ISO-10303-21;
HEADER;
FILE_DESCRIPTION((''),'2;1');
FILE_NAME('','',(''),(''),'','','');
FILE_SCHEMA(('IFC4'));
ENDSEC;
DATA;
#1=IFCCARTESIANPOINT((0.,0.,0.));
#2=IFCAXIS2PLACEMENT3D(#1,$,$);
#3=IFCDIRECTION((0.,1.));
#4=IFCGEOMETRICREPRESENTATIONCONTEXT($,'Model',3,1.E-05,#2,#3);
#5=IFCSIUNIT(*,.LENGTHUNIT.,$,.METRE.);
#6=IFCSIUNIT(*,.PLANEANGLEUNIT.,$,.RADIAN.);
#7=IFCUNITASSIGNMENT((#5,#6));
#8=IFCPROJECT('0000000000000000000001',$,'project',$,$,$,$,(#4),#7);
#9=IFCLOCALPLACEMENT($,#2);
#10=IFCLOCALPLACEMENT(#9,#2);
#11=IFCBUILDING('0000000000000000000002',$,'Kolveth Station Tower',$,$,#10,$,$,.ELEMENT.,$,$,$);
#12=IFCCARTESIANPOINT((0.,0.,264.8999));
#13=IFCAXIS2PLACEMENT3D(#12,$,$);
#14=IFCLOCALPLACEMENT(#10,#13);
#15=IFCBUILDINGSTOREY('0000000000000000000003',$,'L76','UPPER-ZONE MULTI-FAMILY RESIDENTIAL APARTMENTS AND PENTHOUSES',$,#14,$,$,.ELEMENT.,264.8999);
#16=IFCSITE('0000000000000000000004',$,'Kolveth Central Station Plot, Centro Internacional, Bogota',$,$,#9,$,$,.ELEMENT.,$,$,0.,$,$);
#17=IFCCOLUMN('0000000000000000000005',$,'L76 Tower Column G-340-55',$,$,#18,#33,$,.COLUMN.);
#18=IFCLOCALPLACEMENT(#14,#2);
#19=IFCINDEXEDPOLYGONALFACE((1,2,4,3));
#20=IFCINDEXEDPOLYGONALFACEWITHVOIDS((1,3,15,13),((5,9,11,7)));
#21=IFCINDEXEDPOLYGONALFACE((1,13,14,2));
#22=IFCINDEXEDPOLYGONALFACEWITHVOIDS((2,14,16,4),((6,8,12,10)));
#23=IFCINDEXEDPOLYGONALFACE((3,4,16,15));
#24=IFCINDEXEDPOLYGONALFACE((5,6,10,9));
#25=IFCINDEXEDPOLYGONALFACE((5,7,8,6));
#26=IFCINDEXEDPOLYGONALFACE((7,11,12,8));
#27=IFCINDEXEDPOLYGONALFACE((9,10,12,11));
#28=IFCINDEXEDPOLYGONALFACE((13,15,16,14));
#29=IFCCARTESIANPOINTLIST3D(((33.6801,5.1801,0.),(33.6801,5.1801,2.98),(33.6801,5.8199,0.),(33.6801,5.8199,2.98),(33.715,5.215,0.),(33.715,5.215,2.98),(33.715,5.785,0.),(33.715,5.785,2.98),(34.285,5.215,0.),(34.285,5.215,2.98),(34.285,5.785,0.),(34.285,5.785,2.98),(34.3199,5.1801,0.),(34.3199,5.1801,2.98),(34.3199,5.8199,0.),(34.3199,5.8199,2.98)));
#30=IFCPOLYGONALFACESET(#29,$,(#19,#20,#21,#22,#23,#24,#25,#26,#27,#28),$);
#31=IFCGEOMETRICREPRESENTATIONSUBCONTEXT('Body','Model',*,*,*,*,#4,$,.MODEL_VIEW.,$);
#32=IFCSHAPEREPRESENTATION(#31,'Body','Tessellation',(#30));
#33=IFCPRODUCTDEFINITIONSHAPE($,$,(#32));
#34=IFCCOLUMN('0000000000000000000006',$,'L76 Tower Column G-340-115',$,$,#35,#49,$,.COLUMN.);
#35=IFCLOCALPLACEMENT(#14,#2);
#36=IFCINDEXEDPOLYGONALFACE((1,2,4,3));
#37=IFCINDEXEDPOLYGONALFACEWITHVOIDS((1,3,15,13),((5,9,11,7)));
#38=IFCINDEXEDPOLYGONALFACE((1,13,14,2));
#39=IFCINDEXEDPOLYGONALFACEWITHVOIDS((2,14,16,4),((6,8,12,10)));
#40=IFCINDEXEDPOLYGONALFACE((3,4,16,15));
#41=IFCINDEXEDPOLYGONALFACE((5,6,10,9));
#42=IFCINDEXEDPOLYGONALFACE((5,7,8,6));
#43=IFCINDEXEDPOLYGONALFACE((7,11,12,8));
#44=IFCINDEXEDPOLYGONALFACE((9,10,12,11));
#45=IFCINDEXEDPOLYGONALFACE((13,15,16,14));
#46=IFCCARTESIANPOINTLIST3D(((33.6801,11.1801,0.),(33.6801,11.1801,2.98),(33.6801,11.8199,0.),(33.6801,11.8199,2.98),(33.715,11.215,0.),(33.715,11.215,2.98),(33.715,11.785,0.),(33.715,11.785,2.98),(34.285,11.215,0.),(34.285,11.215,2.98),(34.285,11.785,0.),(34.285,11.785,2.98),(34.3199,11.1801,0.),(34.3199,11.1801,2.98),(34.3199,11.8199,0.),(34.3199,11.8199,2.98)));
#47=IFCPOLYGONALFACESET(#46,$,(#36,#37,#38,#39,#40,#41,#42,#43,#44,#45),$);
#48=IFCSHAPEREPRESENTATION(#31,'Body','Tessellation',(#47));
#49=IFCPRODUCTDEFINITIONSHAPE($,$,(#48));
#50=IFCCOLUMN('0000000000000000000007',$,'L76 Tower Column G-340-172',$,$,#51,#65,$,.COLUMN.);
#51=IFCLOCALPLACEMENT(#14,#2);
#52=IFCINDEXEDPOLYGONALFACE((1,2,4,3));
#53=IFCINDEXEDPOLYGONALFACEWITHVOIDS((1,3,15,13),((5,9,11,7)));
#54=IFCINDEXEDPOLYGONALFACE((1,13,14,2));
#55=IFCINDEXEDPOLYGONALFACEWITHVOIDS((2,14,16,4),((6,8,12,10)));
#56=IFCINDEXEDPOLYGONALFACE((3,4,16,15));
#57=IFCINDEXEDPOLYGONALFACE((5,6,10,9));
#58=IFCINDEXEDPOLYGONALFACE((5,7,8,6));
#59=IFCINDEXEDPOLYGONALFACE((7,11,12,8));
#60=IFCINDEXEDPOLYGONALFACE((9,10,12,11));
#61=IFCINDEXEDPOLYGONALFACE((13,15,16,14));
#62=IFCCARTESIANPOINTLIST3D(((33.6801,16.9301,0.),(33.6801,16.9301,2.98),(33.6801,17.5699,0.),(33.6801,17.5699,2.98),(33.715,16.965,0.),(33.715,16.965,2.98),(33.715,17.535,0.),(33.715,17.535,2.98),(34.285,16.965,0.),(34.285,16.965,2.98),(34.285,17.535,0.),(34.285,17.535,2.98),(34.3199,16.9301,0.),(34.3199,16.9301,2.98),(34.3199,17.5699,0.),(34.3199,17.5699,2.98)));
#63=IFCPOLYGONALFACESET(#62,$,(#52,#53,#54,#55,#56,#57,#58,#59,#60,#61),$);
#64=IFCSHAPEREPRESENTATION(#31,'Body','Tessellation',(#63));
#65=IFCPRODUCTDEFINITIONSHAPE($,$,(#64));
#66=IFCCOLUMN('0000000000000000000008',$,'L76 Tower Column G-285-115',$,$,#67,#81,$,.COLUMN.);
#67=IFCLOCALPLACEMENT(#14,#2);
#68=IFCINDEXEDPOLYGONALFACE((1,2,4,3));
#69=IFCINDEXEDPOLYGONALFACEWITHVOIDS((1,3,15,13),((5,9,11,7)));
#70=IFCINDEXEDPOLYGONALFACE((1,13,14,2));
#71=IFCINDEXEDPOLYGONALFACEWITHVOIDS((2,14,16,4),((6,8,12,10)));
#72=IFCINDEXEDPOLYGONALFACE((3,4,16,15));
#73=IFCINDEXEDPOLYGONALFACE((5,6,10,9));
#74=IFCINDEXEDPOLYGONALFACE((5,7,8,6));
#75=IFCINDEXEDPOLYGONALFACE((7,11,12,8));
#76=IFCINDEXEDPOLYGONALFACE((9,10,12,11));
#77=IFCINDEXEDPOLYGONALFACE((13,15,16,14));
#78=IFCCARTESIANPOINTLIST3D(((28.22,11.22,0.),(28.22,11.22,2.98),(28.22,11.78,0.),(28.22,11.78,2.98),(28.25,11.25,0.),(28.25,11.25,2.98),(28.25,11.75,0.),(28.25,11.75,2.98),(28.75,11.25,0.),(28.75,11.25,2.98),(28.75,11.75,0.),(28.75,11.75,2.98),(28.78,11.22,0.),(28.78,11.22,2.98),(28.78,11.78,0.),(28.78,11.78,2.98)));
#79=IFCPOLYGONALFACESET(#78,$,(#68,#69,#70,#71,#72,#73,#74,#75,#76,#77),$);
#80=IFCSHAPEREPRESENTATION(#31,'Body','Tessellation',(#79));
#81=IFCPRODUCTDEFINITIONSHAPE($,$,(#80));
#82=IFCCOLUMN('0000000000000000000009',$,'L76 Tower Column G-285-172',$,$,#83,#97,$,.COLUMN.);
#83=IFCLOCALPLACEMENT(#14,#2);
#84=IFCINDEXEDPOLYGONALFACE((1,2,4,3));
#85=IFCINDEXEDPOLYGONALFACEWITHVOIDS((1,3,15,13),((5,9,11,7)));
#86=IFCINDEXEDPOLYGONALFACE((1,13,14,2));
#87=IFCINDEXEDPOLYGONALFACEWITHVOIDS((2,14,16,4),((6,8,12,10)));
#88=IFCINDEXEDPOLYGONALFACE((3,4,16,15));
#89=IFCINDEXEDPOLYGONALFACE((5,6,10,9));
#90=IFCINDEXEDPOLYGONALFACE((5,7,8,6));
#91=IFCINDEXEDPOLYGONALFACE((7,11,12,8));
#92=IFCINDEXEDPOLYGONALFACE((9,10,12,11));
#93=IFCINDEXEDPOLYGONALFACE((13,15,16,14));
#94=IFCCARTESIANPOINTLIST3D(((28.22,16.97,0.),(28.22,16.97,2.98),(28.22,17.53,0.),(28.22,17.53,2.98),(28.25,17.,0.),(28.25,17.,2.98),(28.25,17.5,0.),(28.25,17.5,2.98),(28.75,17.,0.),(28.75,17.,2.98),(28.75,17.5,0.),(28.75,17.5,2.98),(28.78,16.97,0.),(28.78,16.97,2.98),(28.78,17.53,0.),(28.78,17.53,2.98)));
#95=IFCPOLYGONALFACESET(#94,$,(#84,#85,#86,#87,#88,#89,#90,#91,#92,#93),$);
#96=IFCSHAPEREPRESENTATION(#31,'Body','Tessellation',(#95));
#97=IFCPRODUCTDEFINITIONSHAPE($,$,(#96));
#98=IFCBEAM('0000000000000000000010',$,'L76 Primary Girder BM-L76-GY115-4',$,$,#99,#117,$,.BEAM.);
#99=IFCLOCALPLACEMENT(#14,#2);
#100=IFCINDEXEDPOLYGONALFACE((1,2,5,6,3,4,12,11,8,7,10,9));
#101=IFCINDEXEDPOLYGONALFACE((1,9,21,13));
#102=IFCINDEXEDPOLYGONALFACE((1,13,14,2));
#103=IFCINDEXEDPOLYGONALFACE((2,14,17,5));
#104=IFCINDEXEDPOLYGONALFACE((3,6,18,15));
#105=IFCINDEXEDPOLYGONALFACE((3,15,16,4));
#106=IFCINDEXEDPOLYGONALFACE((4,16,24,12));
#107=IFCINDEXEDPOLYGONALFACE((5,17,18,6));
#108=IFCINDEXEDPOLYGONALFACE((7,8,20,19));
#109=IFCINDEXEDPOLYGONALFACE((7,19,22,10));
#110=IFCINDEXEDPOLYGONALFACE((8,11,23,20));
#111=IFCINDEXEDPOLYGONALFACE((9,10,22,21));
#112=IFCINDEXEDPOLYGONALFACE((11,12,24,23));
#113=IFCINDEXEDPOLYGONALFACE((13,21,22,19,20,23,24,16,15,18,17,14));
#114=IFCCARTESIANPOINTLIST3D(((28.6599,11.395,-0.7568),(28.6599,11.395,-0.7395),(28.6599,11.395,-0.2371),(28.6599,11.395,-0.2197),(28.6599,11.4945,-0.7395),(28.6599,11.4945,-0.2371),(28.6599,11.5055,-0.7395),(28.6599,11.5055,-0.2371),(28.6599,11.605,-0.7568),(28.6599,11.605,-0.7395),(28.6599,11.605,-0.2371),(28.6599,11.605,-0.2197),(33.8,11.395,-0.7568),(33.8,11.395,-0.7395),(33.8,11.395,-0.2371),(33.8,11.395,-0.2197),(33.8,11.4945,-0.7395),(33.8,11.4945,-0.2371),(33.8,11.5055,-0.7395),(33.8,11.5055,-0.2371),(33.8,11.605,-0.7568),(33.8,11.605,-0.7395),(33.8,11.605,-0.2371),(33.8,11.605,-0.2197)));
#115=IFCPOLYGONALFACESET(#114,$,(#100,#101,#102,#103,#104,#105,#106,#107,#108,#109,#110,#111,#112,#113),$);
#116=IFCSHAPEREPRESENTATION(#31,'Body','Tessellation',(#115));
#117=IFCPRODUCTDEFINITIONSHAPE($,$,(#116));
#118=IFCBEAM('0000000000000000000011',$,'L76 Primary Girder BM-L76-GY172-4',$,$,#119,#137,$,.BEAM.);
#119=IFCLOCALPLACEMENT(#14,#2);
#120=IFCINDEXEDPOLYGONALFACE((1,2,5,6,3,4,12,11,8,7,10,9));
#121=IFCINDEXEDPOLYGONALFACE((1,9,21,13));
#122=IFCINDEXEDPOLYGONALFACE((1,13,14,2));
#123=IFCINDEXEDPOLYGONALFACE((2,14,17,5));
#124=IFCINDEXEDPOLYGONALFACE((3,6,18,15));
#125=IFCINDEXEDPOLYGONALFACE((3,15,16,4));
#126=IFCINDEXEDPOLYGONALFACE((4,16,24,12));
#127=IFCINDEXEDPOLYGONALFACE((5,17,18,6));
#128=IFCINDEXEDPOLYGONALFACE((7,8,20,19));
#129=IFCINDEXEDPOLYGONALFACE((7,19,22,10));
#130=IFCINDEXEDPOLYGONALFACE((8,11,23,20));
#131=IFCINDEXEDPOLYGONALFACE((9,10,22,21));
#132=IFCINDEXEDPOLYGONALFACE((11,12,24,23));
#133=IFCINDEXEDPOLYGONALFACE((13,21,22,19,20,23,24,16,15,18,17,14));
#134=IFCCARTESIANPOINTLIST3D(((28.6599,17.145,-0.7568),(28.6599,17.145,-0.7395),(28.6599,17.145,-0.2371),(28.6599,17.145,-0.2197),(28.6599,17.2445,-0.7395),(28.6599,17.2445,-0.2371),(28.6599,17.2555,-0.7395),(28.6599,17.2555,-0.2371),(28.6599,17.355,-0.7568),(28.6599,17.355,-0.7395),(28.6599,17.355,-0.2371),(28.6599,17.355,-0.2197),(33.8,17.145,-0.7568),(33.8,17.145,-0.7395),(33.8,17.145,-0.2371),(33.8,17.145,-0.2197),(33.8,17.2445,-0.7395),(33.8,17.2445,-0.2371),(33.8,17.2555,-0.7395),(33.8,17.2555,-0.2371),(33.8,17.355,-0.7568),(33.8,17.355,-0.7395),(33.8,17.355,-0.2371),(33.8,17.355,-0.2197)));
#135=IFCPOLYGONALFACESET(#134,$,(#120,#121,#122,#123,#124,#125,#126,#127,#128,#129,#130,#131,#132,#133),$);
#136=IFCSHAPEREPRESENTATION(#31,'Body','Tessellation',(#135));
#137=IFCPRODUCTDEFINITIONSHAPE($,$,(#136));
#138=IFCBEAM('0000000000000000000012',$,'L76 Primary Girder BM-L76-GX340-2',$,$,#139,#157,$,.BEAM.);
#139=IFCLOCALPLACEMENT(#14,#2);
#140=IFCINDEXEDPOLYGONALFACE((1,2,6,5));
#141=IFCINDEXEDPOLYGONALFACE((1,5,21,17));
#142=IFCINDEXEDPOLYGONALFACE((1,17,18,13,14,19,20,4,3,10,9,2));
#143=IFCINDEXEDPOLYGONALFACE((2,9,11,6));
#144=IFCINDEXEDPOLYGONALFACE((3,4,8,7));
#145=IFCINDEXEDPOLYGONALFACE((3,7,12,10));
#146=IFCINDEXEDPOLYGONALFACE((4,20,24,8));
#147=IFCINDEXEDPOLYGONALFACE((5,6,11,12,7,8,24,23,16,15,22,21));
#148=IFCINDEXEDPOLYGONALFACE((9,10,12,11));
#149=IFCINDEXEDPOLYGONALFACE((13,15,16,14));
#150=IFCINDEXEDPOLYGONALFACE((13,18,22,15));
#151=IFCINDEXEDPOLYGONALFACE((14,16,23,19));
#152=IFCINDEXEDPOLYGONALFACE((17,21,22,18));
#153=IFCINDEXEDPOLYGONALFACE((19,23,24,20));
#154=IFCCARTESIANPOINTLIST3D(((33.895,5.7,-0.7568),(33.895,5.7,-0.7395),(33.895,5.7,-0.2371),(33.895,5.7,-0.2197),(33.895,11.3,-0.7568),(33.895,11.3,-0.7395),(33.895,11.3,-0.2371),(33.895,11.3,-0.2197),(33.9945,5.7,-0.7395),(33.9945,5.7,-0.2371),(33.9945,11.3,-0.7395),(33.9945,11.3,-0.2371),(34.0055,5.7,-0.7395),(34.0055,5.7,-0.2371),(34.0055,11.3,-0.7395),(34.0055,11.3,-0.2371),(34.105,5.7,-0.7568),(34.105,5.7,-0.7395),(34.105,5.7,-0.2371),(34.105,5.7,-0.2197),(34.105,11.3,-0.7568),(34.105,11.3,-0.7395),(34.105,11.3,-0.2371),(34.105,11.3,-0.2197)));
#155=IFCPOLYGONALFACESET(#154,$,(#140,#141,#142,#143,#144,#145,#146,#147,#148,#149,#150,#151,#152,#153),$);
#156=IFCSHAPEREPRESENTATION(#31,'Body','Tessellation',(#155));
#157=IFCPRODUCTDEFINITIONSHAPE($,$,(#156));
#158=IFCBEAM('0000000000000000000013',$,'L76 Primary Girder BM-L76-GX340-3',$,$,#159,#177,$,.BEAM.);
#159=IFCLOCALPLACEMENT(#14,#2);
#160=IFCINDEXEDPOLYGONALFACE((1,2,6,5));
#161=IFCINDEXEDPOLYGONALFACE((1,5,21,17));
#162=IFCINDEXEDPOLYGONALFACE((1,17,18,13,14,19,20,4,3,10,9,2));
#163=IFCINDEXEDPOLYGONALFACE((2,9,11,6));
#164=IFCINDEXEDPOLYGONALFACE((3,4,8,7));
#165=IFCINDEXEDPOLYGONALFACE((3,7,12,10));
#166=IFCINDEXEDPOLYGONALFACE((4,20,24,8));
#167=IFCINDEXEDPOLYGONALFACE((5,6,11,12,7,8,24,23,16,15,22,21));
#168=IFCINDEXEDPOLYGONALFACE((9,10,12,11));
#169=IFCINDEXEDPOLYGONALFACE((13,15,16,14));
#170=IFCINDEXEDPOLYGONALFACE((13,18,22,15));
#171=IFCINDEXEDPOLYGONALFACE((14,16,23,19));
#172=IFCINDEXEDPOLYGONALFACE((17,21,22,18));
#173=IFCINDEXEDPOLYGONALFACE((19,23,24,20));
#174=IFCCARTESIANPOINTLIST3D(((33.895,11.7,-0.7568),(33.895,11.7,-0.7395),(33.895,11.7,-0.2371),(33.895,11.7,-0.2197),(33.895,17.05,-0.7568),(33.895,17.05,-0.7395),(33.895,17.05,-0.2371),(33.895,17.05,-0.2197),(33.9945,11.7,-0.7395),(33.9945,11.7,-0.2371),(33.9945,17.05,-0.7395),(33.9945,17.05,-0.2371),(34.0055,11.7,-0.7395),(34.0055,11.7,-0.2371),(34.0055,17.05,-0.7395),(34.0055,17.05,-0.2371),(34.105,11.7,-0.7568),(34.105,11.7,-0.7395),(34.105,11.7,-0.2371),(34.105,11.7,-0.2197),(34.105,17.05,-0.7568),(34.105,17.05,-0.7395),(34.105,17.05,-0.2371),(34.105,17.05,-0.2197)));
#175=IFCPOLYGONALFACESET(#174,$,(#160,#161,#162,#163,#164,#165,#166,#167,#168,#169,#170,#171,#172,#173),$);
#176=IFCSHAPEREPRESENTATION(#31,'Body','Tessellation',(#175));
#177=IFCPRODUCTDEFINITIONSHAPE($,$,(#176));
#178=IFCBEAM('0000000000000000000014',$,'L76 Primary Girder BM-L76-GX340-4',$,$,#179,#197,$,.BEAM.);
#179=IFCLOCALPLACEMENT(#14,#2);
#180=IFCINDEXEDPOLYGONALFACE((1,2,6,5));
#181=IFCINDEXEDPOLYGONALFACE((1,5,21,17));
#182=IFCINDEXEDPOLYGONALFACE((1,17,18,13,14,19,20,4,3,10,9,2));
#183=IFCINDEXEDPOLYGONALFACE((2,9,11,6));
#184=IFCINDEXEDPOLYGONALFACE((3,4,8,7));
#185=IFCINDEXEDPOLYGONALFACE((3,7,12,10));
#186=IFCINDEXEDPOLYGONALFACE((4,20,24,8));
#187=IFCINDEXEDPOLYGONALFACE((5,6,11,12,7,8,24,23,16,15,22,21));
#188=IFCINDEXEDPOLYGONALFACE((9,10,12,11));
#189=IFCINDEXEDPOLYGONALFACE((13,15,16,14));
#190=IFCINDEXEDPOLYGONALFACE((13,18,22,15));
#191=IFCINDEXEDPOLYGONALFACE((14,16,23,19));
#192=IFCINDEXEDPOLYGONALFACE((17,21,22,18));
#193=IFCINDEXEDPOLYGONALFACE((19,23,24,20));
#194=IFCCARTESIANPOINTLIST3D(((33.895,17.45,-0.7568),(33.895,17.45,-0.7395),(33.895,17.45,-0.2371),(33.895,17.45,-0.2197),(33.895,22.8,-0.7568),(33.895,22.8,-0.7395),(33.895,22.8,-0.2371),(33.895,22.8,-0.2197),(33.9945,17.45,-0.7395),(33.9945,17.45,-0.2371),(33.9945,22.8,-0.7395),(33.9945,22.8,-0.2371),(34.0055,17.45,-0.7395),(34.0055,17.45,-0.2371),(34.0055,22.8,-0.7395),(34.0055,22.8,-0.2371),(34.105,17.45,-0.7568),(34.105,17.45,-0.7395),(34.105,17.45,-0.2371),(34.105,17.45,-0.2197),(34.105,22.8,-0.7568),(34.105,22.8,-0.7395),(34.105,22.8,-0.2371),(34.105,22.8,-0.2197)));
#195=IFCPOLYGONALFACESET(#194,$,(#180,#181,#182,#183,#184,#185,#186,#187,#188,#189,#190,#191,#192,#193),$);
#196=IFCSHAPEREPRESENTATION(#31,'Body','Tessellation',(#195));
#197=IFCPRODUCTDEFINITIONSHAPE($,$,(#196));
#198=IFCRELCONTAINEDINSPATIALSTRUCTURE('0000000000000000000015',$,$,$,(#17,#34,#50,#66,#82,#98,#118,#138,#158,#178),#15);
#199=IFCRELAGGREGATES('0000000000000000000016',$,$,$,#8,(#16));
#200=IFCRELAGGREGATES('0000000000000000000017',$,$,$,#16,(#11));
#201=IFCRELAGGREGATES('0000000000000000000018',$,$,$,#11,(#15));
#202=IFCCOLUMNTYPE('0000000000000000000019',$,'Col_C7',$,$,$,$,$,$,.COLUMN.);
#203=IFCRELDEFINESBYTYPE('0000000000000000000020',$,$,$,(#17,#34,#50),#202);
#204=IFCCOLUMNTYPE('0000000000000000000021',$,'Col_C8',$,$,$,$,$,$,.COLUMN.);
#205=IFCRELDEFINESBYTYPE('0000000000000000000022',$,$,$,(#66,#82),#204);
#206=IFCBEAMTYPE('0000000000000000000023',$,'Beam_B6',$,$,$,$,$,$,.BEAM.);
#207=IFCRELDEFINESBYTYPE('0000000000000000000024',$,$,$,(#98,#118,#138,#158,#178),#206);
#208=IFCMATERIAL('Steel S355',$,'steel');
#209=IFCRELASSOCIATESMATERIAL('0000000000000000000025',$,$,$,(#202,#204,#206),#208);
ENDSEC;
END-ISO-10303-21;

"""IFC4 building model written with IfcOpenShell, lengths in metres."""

from ifc_helpers import new_model, si_unit, direction, frame, origin, origin_2d, place, context, subcontext, project, spatial, hollow_rectangle, i_section, extrude, source, transform, mapped, material, material_profile, profile_set, type_object, element, save


model = new_model("IFC4")

# Units and contexts
model_context = context("Model", 3, precision=1e-05, world=origin(), true_north=direction((0.0, 1.0)))
body_context = subcontext(model_context, "Body", "Model", "MODEL_VIEW")
ifc_project = project(units=[si_unit("LENGTHUNIT", "METRE"), si_unit("PLANEANGLEUNIT", "RADIAN")], contexts=[model_context])

# Site, building, storey
site_placement = place(None, origin())
site = spatial("IfcSite", under=ifc_project, at=site_placement, Name="Kolveth Central Station Plot, Centro Internacional, Bogota", CompositionType="ELEMENT", RefElevation=0.0)
building_placement = place(site_placement, origin())
building = spatial("IfcBuilding", under=site, at=building_placement, Name="Kolveth Station Tower", CompositionType="ELEMENT")
storey_placement = place(building_placement, frame((0.0, 0.0, 264.8999)))
storey = spatial("IfcBuildingStorey", under=building, at=storey_placement, Name="L76", Description="UPPER-ZONE MULTI-FAMILY RESIDENTIAL APARTMENTS AND PENTHOUSES", CompositionType="ELEMENT", Elevation=264.8999)

# Columns
ifc_material_1 = material(Name="Steel S355", Category="steel")
ifc_material_profile_1 = material_profile(ifc_material_1, hollow_rectangle(XDim=0.6399, YDim=0.6399, WallThickness=0.0349, at=origin_2d()), Name="BOX640x640x35")
ifc_profile_set_1 = profile_set([ifc_material_profile_1], Name="Steel S355")
column_type_1 = type_object("IfcColumnType", Name="Col_C7", PredefinedType="COLUMN", material=ifc_profile_set_1)
shared_shape_1 = source(origin(), body_context, "Body", "SweptSolid", [
    extrude(hollow_rectangle(XDim=0.6399, YDim=0.6399, WallThickness=0.0349, at=origin_2d()), origin(), (0.0, 0.0, 1.0), 2.98),
])
for number, where, z_axis, x_axis, name in (
    (1, (34.0, 5.5, 0.0), (0.0, 0.0, 1.0), (1.0, 0.0, 0.0), "L76 Tower Column G-340-55"),
    (2, (34.0, 11.5, 0.0), (0.0, 0.0, 1.0), (1.0, 0.0, 0.0), "L76 Tower Column G-340-115"),
    (3, (34.0, 17.25, 0.0), (0.0, 0.0, 1.0), (1.0, 0.0, 0.0), "L76 Tower Column G-340-172"),
):
    element("IfcColumn", number, at=place(storey_placement, frame(where, z_axis=z_axis, x_axis=x_axis)), inside=storey, type_object=column_type_1, Name=name, PredefinedType="COLUMN", context=body_context, shape_type="MappedRepresentation", body=[
        mapped(shared_shape_1, transform((0.0, 0.0, 0.0), x_axis=(1.0, 0.0, 0.0), y_axis=(0.0, 1.0, 0.0), z_axis=(0.0, 0.0, 1.0), scale=1.0)),
    ])
ifc_material_profile_2 = material_profile(ifc_material_1, hollow_rectangle(XDim=0.5601, YDim=0.5601, WallThickness=0.03, at=origin_2d()), Name="BOX560x560x30")
ifc_profile_set_2 = profile_set([ifc_material_profile_2], Name="Steel S355")
column_type_2 = type_object("IfcColumnType", Name="Col_C8", PredefinedType="COLUMN", material=ifc_profile_set_2)
shared_shape_2 = source(origin(), body_context, "Body", "SweptSolid", [
    extrude(hollow_rectangle(XDim=0.5601, YDim=0.5601, WallThickness=0.03, at=origin_2d()), origin(), (0.0, 0.0, 1.0), 2.98),
])
for number, where, z_axis, x_axis, name in (
    (4, (28.5, 11.5, 0.0), (0.0, 0.0, 1.0), (1.0, 0.0, 0.0), "L76 Tower Column G-285-115"),
    (5, (28.5, 17.25, 0.0), (0.0, 0.0, 1.0), (1.0, 0.0, 0.0), "L76 Tower Column G-285-172"),
):
    element("IfcColumn", number, at=place(storey_placement, frame(where, z_axis=z_axis, x_axis=x_axis)), inside=storey, type_object=column_type_2, Name=name, PredefinedType="COLUMN", context=body_context, shape_type="MappedRepresentation", body=[
        mapped(shared_shape_2, transform((0.0, 0.0, 0.0), x_axis=(1.0, 0.0, 0.0), y_axis=(0.0, 1.0, 0.0), z_axis=(0.0, 0.0, 1.0), scale=1.0)),
    ])

# Beams
ifc_material_profile_3 = material_profile(ifc_material_1, i_section(OverallWidth=0.21, OverallDepth=0.5371, WebThickness=0.011, FlangeThickness=0.0173, at=origin_2d()), Name="W530x101")
ifc_profile_set_3 = profile_set([ifc_material_profile_3], Name="Steel S355")
beam_type_1 = type_object("IfcBeamType", Name="Beam_B6", PredefinedType="BEAM", material=ifc_profile_set_3)
shared_shape_3 = source(origin(), body_context, "Body", "SweptSolid", [
    extrude(i_section(OverallWidth=0.21, OverallDepth=0.5371, WebThickness=0.011, FlangeThickness=0.0173, at=origin_2d()), origin(), (0.0, 0.0, 1.0), 5.1401),
])
for number, where, z_axis, x_axis, name in (
    (6, (28.6599, 11.5, -0.4883), (1.0, 0.0, 0.0), (0.0, 1.0, 0.0), "L76 Primary Girder BM-L76-GY115-4"),
    (7, (28.6599, 17.25, -0.4883), (1.0, 0.0, 0.0), (0.0, 1.0, 0.0), "L76 Primary Girder BM-L76-GY172-4"),
):
    element("IfcBeam", number, at=place(storey_placement, frame(where, z_axis=z_axis, x_axis=x_axis)), inside=storey, type_object=beam_type_1, Name=name, PredefinedType="BEAM", context=body_context, shape_type="MappedRepresentation", body=[
        mapped(shared_shape_3, transform((0.0, 0.0, 0.0), x_axis=(1.0, 0.0, 0.0), y_axis=(0.0, 1.0, 0.0), z_axis=(0.0, 0.0, 1.0), scale=1.0)),
    ])
shared_shape_4 = source(origin(), body_context, "Body", "SweptSolid", [
    extrude(i_section(OverallWidth=0.21, OverallDepth=0.5371, WebThickness=0.011, FlangeThickness=0.0173, at=origin_2d()), origin(), (0.0, 0.0, 1.0), 5.6001),
])
beam_1_placement = place(storey_placement, frame((34.0, 5.7, -0.4883), z_axis=(0.0, 1.0, 0.0), x_axis=(-1.0, 0.0, 0.0)))
element("IfcBeam", 8, at=beam_1_placement, inside=storey, type_object=beam_type_1, Name="L76 Primary Girder BM-L76-GX340-2", PredefinedType="BEAM", context=body_context, shape_type="MappedRepresentation", body=[
    mapped(shared_shape_4, transform((0.0, 0.0, 0.0), x_axis=(1.0, 0.0, 0.0), y_axis=(0.0, 1.0, 0.0), z_axis=(0.0, 0.0, 1.0), scale=1.0)),
])
shared_shape_5 = source(origin(), body_context, "Body", "SweptSolid", [
    extrude(i_section(OverallWidth=0.21, OverallDepth=0.5371, WebThickness=0.011, FlangeThickness=0.0173, at=origin_2d()), origin(), (0.0, 0.0, 1.0), 5.3501),
])
for number, where, z_axis, x_axis, name in (
    (9, (34.0, 11.7, -0.4883), (0.0, 1.0, 0.0), (-1.0, 0.0, 0.0), "L76 Primary Girder BM-L76-GX340-3"),
    (10, (34.0, 17.45, -0.4883), (0.0, 1.0, 0.0), (-1.0, 0.0, 0.0), "L76 Primary Girder BM-L76-GX340-4"),
):
    element("IfcBeam", number, at=place(storey_placement, frame(where, z_axis=z_axis, x_axis=x_axis)), inside=storey, type_object=beam_type_1, Name=name, PredefinedType="BEAM", context=body_context, shape_type="MappedRepresentation", body=[
        mapped(shared_shape_5, transform((0.0, 0.0, 0.0), x_axis=(1.0, 0.0, 0.0), y_axis=(0.0, 1.0, 0.0), z_axis=(0.0, 0.0, 1.0), scale=1.0)),
    ])

save(model, "model.ifc")
